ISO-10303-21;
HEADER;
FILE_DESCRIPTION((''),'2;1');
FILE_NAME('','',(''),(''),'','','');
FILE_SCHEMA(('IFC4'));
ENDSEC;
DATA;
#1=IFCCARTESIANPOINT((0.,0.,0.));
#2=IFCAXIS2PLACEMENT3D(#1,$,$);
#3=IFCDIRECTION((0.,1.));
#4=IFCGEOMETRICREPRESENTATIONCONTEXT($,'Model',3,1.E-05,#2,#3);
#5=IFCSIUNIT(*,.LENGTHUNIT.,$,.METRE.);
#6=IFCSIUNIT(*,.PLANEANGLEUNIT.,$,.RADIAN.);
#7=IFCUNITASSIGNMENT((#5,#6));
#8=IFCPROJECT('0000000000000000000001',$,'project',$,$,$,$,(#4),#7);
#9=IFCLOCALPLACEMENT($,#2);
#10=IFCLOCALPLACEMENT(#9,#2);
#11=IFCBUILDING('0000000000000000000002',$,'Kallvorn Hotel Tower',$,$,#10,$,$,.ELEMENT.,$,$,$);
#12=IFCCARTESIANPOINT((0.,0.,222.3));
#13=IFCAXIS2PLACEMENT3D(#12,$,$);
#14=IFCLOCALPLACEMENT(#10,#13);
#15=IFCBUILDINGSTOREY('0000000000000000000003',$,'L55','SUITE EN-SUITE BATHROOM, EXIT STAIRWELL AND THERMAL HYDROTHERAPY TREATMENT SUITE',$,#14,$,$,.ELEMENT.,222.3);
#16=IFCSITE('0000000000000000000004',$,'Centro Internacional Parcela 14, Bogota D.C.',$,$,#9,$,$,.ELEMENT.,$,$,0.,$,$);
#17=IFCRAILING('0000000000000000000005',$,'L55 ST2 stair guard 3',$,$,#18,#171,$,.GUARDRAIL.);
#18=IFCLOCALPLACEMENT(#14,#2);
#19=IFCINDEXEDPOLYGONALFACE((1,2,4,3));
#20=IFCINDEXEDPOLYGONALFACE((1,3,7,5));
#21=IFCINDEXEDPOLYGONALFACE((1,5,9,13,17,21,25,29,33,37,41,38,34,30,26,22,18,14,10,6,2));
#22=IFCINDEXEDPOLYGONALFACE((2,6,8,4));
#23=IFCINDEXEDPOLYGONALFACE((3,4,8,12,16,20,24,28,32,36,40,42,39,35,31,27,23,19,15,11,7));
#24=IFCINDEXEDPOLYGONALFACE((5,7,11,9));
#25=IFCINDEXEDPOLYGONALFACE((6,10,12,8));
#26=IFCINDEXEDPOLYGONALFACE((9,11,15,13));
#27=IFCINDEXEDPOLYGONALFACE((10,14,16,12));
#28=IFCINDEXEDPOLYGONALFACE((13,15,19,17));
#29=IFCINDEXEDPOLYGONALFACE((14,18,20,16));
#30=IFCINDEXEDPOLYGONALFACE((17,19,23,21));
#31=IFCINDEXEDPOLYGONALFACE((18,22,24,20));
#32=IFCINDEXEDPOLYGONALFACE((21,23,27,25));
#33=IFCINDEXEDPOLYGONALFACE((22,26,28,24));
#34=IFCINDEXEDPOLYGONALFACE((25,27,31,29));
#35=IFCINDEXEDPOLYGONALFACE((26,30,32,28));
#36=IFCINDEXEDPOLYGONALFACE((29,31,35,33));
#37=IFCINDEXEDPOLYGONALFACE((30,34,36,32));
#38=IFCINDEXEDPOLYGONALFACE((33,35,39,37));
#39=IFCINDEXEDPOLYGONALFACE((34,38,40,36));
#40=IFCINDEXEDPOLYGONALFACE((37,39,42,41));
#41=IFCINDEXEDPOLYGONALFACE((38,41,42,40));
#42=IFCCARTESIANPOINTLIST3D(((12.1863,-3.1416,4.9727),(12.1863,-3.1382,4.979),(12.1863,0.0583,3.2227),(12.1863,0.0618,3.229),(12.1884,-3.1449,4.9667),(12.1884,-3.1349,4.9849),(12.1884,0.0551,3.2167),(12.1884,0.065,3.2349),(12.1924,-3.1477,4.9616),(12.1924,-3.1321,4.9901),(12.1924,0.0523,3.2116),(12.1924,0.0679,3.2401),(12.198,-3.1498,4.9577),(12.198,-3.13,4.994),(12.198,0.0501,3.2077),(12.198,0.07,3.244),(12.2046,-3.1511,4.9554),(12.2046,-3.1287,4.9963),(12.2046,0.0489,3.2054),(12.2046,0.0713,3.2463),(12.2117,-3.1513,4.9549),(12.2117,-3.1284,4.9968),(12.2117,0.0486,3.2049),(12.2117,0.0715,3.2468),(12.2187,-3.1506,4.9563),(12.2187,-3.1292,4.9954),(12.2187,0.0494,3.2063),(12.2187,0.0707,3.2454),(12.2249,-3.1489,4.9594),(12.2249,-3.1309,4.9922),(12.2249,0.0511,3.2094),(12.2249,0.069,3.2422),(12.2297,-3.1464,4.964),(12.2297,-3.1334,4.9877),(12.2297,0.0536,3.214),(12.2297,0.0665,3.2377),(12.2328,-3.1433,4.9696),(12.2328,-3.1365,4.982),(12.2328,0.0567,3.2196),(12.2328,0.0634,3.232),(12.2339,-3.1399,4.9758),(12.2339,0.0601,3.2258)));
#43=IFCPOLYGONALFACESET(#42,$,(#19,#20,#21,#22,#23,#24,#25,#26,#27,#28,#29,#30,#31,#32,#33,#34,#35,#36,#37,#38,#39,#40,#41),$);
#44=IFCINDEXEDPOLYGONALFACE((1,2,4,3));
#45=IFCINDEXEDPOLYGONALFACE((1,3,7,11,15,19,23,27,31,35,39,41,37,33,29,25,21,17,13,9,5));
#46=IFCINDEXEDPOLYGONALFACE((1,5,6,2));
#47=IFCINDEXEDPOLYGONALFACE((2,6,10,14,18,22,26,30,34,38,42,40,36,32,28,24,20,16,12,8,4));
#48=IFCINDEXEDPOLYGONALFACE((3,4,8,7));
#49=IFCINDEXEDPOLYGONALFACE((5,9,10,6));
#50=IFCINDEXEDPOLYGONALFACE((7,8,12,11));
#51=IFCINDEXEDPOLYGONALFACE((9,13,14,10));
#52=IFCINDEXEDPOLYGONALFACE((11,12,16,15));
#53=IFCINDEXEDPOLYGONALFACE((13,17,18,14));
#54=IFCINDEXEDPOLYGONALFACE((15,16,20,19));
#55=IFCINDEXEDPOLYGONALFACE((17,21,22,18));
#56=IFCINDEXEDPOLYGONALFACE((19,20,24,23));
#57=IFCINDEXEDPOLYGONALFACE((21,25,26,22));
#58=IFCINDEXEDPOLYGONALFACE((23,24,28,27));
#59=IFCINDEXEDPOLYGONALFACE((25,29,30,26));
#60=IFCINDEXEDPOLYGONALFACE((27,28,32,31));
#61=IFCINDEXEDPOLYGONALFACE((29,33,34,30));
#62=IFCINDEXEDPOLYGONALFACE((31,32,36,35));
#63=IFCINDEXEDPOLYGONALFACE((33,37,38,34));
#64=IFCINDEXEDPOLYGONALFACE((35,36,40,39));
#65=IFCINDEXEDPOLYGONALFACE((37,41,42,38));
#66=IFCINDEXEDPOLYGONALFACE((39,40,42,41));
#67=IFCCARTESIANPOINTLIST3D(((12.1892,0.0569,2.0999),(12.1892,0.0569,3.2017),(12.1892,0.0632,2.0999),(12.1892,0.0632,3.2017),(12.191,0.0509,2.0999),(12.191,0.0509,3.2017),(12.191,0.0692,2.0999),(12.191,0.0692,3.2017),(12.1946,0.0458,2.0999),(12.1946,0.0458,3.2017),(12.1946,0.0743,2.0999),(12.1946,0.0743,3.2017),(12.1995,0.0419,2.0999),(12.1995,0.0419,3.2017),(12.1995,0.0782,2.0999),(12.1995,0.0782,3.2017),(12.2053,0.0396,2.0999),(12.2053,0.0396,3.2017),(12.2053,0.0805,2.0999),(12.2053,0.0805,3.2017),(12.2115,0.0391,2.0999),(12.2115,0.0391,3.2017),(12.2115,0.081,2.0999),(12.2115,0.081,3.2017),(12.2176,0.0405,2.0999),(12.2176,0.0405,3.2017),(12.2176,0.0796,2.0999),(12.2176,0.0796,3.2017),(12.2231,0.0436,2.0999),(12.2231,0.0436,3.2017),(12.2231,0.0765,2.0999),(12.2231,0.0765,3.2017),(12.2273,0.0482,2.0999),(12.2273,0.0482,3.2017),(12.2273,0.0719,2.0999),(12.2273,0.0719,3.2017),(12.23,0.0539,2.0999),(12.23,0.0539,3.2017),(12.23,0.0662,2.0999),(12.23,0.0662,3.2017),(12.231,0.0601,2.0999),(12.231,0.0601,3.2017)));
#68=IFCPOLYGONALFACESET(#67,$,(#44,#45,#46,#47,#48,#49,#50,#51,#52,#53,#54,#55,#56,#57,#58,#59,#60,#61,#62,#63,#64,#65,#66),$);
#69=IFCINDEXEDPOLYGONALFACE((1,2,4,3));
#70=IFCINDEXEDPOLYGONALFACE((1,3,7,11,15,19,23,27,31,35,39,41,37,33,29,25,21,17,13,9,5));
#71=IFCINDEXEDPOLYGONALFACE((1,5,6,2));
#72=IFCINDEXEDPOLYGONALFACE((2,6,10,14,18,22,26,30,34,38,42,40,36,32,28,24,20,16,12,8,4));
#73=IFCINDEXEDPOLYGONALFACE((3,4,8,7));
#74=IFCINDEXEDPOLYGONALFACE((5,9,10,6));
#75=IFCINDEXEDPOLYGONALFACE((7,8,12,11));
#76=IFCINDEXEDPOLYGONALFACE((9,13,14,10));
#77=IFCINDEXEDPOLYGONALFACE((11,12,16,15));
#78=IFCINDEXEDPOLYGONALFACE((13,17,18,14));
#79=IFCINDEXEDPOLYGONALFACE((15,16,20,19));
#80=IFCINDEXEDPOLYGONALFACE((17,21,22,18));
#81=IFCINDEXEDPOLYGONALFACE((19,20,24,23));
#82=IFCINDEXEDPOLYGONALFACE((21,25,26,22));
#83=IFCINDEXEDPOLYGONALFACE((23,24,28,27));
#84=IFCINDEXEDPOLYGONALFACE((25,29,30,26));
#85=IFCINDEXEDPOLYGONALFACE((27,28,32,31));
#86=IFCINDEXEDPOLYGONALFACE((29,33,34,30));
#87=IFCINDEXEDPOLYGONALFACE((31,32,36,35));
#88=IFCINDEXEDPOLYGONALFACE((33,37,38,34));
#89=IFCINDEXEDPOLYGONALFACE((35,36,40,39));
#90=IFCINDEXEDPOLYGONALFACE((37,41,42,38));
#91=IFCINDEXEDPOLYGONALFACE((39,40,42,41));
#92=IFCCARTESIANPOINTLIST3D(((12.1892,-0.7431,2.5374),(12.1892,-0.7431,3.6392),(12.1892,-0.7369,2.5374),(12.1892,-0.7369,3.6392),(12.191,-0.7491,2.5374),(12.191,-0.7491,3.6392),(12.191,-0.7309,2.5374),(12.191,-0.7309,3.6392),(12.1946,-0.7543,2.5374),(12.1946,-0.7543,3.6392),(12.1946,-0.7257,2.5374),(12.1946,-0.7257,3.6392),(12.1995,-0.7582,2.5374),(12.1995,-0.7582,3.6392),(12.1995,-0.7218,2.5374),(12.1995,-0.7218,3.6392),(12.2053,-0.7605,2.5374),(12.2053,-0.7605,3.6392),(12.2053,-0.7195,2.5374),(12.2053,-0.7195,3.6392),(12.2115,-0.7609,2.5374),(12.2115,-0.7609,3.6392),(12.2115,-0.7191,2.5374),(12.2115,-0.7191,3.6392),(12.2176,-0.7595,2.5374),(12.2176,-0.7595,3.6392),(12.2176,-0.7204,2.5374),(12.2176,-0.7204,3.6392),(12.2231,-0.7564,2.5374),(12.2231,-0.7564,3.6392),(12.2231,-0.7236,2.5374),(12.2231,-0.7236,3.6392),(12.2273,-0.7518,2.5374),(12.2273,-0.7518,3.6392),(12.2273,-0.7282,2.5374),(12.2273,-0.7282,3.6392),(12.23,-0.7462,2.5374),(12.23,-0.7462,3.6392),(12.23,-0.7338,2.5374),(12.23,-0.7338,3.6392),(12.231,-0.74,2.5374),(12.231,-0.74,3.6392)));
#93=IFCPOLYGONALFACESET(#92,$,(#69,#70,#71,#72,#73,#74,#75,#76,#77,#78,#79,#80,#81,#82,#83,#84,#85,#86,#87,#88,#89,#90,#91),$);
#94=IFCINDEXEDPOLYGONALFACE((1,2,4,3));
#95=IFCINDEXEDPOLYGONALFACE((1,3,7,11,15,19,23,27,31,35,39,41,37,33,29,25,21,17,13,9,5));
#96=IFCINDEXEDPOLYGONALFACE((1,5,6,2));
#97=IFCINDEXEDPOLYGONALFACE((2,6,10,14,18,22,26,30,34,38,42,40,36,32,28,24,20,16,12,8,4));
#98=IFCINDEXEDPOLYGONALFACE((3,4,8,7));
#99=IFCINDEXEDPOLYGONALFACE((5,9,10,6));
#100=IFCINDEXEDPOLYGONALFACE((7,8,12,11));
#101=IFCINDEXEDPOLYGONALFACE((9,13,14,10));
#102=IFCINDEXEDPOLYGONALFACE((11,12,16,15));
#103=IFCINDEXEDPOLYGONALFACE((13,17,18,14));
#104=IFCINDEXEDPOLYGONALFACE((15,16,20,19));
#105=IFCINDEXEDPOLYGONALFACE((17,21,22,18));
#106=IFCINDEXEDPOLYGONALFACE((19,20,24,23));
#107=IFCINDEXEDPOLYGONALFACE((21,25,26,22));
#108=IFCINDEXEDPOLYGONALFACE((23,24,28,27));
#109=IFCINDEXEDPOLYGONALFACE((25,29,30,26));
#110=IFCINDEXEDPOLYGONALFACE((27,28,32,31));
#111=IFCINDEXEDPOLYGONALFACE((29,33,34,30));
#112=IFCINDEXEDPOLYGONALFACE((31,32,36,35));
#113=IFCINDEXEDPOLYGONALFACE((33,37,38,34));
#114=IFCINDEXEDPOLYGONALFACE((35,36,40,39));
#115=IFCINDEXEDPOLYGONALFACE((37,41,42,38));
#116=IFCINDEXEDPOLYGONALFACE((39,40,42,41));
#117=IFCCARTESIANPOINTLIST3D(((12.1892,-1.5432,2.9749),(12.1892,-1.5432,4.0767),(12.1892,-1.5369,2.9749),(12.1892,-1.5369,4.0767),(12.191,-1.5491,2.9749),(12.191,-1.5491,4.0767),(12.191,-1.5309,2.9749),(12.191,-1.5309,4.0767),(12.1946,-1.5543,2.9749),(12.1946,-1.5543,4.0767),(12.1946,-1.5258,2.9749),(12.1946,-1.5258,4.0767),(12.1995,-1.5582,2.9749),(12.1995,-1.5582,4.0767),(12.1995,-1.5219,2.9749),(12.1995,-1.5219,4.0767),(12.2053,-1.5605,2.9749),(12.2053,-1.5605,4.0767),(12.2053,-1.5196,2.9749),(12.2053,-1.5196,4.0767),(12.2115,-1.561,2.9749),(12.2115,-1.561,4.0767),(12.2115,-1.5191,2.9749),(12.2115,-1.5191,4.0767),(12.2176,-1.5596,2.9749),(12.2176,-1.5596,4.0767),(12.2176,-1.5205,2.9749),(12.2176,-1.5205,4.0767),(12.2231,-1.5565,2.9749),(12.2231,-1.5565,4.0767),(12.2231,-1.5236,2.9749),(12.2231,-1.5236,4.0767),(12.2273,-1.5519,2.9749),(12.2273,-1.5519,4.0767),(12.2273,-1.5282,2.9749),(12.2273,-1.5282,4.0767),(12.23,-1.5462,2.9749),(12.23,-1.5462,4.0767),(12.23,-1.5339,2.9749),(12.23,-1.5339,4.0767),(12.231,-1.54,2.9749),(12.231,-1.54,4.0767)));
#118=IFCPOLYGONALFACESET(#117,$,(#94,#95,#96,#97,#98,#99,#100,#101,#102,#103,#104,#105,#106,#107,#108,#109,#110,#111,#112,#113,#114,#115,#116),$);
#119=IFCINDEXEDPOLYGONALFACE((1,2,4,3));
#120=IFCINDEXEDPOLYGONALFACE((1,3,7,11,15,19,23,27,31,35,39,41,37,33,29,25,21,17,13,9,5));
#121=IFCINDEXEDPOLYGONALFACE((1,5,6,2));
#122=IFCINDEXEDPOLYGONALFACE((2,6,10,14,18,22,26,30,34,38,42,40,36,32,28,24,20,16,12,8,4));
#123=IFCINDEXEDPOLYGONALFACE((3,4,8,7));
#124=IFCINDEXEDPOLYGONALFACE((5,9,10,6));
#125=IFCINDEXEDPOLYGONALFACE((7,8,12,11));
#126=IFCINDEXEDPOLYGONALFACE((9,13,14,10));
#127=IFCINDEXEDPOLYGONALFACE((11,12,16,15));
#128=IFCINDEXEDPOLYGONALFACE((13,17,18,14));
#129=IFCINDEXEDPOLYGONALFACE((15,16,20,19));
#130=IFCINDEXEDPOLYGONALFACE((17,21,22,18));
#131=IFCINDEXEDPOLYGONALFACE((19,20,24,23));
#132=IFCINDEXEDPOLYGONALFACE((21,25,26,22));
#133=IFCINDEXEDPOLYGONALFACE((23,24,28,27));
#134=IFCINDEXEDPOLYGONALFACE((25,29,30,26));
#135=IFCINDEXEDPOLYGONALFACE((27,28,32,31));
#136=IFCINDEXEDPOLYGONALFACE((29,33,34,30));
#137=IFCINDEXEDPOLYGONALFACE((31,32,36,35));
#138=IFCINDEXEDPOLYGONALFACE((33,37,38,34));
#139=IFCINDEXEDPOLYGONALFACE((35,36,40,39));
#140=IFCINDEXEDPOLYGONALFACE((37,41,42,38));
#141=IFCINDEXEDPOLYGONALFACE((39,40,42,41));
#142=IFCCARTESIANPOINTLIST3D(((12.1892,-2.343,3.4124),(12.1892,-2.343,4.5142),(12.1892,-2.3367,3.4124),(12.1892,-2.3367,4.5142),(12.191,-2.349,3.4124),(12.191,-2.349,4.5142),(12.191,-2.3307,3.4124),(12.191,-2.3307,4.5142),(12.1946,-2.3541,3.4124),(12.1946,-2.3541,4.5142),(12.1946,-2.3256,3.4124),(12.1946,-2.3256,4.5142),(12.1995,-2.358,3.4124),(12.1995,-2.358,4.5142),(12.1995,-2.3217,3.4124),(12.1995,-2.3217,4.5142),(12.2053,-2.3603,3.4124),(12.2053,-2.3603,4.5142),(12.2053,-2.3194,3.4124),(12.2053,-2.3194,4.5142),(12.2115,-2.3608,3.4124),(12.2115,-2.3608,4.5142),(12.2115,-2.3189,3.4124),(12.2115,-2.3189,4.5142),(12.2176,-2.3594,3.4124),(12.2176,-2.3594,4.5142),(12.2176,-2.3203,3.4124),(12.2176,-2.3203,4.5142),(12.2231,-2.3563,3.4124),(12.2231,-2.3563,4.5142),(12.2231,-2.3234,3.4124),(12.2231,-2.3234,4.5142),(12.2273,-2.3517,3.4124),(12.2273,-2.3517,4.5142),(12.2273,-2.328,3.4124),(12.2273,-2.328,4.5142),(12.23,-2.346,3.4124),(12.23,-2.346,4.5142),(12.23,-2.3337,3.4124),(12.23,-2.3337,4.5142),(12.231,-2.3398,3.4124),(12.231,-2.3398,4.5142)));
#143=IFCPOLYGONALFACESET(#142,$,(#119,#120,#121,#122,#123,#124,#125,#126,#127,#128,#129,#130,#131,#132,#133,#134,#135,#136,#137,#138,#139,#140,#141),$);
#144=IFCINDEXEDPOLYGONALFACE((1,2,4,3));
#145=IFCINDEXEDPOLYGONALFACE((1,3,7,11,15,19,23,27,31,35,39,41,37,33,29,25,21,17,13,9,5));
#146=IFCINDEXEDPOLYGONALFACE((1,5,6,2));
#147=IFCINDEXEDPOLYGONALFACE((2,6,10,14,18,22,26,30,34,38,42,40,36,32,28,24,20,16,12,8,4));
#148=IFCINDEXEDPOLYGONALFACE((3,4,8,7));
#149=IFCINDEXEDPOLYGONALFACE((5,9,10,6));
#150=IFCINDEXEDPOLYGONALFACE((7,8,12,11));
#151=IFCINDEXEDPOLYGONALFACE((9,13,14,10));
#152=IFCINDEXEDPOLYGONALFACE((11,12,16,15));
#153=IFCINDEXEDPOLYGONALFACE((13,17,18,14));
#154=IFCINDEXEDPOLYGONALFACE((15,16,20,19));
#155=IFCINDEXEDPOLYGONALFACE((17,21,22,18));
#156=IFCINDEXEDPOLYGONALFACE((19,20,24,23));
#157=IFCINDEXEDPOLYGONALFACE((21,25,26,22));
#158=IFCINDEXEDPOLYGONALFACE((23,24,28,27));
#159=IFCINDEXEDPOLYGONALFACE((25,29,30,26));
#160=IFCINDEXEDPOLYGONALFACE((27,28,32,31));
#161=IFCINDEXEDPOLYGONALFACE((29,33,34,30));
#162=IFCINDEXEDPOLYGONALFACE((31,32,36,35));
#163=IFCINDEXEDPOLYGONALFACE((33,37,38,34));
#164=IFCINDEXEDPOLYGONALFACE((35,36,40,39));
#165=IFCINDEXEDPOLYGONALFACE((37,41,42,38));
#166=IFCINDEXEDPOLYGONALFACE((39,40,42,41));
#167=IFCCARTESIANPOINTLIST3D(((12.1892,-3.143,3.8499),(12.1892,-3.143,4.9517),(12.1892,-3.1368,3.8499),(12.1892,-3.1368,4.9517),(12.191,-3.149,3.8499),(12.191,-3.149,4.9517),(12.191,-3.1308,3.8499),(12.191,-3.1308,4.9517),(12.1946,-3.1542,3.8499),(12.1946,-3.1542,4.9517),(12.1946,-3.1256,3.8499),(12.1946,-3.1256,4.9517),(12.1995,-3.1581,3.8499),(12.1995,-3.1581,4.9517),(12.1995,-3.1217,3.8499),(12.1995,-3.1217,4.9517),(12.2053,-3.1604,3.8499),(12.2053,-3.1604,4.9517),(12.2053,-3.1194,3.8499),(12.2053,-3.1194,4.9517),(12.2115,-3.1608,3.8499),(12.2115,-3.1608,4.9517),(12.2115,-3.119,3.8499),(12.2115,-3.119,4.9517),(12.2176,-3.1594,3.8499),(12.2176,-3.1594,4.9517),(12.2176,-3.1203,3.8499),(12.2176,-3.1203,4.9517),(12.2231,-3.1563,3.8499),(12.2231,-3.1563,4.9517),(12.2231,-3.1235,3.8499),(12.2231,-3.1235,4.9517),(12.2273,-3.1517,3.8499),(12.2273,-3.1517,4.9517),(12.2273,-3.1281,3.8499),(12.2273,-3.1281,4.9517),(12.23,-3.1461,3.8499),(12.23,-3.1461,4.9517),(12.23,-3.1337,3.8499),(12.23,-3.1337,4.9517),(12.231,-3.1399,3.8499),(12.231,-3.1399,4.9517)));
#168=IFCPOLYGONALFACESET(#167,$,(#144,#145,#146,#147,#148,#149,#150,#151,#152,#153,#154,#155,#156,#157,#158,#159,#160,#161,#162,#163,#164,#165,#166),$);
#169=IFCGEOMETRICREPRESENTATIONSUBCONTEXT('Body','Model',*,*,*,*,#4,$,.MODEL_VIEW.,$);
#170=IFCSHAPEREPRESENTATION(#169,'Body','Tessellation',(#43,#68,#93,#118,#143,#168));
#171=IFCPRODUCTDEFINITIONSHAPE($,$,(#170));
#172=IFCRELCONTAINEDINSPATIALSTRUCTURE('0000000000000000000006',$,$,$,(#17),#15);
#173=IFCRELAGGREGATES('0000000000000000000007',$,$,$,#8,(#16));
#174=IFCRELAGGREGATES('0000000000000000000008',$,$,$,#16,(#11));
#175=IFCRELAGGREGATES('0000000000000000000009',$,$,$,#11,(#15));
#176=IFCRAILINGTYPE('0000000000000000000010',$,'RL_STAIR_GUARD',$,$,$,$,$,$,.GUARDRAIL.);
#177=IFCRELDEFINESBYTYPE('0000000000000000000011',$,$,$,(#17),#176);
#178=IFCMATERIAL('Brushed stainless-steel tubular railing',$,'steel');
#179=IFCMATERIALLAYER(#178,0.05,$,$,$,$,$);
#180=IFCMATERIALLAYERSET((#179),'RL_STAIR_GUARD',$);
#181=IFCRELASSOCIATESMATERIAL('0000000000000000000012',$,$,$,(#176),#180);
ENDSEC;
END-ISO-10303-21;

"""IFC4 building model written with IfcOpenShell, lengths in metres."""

from ifc_helpers import new_model, si_unit, direction, frame, origin, origin_2d, place, context, subcontext, project, spatial, circle, extrude, material, layer, layer_set, type_object, element, save


model = new_model("IFC4")

# Units and contexts
model_context = context("Model", 3, precision=1e-05, world=origin(), true_north=direction((0.0, 1.0)))
body_context = subcontext(model_context, "Body", "Model", "MODEL_VIEW")
ifc_project = project(units=[si_unit("LENGTHUNIT", "METRE"), si_unit("PLANEANGLEUNIT", "RADIAN")], contexts=[model_context])

# Site, building, storey
site_placement = place(None, origin())
site = spatial("IfcSite", under=ifc_project, at=site_placement, Name="Centro Internacional Parcela 14, Bogota D.C.", CompositionType="ELEMENT", RefElevation=0.0)
building_placement = place(site_placement, origin())
building = spatial("IfcBuilding", under=site, at=building_placement, Name="Kallvorn Hotel Tower", CompositionType="ELEMENT")
storey_placement = place(building_placement, frame((0.0, 0.0, 222.3)))
storey = spatial("IfcBuildingStorey", under=building, at=storey_placement, Name="L55", Description="SUITE EN-SUITE BATHROOM, EXIT STAIRWELL AND THERMAL HYDROTHERAPY TREATMENT SUITE", CompositionType="ELEMENT", Elevation=222.3)

# Railing
ifc_material_1 = material(Name="Brushed stainless-steel tubular railing", Category="steel")
ifc_layer_1 = layer(ifc_material_1, 0.05)
ifc_layer_set_1 = layer_set([ifc_layer_1], Name="RL_STAIR_GUARD")
railing_type_1 = type_object("IfcRailingType", Name="RL_STAIR_GUARD", PredefinedType="GUARDRAIL", material=ifc_layer_set_1)
railing_1_placement = place(storey_placement, frame((12.21, 0.0601, 2.0999)))
element("IfcRailing", 1, at=railing_1_placement, inside=storey, type_object=railing_type_1, Name="L55 ST2 stair guard 3", PredefinedType="GUARDRAIL", context=body_context, shape_type="SweptSolid", body=[
    extrude(circle(Radius=0.0239, at=origin_2d()), frame((0.0, 0.0, 1.126), z_axis=(0.0, -0.877368, 0.479818), x_axis=(1.0, 0.0, 0.0)), (0.0, 0.0, 1.0), 3.6472),
    extrude(circle(Radius=0.021, at=origin_2d()), origin(), (0.0, 0.0, 1.0), 1.1018),
    extrude(circle(Radius=0.021, at=origin_2d()), frame((0.0, -0.8, 0.4375)), (0.0, 0.0, 1.0), 1.1018),
    extrude(circle(Radius=0.021, at=origin_2d()), frame((0.0, -1.6001, 0.875)), (0.0, 0.0, 1.0), 1.1018),
    extrude(circle(Radius=0.021, at=origin_2d()), frame((0.0, -2.3999, 1.3125)), (0.0, 0.0, 1.0), 1.1018),
    extrude(circle(Radius=0.021, at=origin_2d()), frame((0.0, -3.2, 1.75)), (0.0, 0.0, 1.0), 1.1018),
])

save(model, "model.ifc")
